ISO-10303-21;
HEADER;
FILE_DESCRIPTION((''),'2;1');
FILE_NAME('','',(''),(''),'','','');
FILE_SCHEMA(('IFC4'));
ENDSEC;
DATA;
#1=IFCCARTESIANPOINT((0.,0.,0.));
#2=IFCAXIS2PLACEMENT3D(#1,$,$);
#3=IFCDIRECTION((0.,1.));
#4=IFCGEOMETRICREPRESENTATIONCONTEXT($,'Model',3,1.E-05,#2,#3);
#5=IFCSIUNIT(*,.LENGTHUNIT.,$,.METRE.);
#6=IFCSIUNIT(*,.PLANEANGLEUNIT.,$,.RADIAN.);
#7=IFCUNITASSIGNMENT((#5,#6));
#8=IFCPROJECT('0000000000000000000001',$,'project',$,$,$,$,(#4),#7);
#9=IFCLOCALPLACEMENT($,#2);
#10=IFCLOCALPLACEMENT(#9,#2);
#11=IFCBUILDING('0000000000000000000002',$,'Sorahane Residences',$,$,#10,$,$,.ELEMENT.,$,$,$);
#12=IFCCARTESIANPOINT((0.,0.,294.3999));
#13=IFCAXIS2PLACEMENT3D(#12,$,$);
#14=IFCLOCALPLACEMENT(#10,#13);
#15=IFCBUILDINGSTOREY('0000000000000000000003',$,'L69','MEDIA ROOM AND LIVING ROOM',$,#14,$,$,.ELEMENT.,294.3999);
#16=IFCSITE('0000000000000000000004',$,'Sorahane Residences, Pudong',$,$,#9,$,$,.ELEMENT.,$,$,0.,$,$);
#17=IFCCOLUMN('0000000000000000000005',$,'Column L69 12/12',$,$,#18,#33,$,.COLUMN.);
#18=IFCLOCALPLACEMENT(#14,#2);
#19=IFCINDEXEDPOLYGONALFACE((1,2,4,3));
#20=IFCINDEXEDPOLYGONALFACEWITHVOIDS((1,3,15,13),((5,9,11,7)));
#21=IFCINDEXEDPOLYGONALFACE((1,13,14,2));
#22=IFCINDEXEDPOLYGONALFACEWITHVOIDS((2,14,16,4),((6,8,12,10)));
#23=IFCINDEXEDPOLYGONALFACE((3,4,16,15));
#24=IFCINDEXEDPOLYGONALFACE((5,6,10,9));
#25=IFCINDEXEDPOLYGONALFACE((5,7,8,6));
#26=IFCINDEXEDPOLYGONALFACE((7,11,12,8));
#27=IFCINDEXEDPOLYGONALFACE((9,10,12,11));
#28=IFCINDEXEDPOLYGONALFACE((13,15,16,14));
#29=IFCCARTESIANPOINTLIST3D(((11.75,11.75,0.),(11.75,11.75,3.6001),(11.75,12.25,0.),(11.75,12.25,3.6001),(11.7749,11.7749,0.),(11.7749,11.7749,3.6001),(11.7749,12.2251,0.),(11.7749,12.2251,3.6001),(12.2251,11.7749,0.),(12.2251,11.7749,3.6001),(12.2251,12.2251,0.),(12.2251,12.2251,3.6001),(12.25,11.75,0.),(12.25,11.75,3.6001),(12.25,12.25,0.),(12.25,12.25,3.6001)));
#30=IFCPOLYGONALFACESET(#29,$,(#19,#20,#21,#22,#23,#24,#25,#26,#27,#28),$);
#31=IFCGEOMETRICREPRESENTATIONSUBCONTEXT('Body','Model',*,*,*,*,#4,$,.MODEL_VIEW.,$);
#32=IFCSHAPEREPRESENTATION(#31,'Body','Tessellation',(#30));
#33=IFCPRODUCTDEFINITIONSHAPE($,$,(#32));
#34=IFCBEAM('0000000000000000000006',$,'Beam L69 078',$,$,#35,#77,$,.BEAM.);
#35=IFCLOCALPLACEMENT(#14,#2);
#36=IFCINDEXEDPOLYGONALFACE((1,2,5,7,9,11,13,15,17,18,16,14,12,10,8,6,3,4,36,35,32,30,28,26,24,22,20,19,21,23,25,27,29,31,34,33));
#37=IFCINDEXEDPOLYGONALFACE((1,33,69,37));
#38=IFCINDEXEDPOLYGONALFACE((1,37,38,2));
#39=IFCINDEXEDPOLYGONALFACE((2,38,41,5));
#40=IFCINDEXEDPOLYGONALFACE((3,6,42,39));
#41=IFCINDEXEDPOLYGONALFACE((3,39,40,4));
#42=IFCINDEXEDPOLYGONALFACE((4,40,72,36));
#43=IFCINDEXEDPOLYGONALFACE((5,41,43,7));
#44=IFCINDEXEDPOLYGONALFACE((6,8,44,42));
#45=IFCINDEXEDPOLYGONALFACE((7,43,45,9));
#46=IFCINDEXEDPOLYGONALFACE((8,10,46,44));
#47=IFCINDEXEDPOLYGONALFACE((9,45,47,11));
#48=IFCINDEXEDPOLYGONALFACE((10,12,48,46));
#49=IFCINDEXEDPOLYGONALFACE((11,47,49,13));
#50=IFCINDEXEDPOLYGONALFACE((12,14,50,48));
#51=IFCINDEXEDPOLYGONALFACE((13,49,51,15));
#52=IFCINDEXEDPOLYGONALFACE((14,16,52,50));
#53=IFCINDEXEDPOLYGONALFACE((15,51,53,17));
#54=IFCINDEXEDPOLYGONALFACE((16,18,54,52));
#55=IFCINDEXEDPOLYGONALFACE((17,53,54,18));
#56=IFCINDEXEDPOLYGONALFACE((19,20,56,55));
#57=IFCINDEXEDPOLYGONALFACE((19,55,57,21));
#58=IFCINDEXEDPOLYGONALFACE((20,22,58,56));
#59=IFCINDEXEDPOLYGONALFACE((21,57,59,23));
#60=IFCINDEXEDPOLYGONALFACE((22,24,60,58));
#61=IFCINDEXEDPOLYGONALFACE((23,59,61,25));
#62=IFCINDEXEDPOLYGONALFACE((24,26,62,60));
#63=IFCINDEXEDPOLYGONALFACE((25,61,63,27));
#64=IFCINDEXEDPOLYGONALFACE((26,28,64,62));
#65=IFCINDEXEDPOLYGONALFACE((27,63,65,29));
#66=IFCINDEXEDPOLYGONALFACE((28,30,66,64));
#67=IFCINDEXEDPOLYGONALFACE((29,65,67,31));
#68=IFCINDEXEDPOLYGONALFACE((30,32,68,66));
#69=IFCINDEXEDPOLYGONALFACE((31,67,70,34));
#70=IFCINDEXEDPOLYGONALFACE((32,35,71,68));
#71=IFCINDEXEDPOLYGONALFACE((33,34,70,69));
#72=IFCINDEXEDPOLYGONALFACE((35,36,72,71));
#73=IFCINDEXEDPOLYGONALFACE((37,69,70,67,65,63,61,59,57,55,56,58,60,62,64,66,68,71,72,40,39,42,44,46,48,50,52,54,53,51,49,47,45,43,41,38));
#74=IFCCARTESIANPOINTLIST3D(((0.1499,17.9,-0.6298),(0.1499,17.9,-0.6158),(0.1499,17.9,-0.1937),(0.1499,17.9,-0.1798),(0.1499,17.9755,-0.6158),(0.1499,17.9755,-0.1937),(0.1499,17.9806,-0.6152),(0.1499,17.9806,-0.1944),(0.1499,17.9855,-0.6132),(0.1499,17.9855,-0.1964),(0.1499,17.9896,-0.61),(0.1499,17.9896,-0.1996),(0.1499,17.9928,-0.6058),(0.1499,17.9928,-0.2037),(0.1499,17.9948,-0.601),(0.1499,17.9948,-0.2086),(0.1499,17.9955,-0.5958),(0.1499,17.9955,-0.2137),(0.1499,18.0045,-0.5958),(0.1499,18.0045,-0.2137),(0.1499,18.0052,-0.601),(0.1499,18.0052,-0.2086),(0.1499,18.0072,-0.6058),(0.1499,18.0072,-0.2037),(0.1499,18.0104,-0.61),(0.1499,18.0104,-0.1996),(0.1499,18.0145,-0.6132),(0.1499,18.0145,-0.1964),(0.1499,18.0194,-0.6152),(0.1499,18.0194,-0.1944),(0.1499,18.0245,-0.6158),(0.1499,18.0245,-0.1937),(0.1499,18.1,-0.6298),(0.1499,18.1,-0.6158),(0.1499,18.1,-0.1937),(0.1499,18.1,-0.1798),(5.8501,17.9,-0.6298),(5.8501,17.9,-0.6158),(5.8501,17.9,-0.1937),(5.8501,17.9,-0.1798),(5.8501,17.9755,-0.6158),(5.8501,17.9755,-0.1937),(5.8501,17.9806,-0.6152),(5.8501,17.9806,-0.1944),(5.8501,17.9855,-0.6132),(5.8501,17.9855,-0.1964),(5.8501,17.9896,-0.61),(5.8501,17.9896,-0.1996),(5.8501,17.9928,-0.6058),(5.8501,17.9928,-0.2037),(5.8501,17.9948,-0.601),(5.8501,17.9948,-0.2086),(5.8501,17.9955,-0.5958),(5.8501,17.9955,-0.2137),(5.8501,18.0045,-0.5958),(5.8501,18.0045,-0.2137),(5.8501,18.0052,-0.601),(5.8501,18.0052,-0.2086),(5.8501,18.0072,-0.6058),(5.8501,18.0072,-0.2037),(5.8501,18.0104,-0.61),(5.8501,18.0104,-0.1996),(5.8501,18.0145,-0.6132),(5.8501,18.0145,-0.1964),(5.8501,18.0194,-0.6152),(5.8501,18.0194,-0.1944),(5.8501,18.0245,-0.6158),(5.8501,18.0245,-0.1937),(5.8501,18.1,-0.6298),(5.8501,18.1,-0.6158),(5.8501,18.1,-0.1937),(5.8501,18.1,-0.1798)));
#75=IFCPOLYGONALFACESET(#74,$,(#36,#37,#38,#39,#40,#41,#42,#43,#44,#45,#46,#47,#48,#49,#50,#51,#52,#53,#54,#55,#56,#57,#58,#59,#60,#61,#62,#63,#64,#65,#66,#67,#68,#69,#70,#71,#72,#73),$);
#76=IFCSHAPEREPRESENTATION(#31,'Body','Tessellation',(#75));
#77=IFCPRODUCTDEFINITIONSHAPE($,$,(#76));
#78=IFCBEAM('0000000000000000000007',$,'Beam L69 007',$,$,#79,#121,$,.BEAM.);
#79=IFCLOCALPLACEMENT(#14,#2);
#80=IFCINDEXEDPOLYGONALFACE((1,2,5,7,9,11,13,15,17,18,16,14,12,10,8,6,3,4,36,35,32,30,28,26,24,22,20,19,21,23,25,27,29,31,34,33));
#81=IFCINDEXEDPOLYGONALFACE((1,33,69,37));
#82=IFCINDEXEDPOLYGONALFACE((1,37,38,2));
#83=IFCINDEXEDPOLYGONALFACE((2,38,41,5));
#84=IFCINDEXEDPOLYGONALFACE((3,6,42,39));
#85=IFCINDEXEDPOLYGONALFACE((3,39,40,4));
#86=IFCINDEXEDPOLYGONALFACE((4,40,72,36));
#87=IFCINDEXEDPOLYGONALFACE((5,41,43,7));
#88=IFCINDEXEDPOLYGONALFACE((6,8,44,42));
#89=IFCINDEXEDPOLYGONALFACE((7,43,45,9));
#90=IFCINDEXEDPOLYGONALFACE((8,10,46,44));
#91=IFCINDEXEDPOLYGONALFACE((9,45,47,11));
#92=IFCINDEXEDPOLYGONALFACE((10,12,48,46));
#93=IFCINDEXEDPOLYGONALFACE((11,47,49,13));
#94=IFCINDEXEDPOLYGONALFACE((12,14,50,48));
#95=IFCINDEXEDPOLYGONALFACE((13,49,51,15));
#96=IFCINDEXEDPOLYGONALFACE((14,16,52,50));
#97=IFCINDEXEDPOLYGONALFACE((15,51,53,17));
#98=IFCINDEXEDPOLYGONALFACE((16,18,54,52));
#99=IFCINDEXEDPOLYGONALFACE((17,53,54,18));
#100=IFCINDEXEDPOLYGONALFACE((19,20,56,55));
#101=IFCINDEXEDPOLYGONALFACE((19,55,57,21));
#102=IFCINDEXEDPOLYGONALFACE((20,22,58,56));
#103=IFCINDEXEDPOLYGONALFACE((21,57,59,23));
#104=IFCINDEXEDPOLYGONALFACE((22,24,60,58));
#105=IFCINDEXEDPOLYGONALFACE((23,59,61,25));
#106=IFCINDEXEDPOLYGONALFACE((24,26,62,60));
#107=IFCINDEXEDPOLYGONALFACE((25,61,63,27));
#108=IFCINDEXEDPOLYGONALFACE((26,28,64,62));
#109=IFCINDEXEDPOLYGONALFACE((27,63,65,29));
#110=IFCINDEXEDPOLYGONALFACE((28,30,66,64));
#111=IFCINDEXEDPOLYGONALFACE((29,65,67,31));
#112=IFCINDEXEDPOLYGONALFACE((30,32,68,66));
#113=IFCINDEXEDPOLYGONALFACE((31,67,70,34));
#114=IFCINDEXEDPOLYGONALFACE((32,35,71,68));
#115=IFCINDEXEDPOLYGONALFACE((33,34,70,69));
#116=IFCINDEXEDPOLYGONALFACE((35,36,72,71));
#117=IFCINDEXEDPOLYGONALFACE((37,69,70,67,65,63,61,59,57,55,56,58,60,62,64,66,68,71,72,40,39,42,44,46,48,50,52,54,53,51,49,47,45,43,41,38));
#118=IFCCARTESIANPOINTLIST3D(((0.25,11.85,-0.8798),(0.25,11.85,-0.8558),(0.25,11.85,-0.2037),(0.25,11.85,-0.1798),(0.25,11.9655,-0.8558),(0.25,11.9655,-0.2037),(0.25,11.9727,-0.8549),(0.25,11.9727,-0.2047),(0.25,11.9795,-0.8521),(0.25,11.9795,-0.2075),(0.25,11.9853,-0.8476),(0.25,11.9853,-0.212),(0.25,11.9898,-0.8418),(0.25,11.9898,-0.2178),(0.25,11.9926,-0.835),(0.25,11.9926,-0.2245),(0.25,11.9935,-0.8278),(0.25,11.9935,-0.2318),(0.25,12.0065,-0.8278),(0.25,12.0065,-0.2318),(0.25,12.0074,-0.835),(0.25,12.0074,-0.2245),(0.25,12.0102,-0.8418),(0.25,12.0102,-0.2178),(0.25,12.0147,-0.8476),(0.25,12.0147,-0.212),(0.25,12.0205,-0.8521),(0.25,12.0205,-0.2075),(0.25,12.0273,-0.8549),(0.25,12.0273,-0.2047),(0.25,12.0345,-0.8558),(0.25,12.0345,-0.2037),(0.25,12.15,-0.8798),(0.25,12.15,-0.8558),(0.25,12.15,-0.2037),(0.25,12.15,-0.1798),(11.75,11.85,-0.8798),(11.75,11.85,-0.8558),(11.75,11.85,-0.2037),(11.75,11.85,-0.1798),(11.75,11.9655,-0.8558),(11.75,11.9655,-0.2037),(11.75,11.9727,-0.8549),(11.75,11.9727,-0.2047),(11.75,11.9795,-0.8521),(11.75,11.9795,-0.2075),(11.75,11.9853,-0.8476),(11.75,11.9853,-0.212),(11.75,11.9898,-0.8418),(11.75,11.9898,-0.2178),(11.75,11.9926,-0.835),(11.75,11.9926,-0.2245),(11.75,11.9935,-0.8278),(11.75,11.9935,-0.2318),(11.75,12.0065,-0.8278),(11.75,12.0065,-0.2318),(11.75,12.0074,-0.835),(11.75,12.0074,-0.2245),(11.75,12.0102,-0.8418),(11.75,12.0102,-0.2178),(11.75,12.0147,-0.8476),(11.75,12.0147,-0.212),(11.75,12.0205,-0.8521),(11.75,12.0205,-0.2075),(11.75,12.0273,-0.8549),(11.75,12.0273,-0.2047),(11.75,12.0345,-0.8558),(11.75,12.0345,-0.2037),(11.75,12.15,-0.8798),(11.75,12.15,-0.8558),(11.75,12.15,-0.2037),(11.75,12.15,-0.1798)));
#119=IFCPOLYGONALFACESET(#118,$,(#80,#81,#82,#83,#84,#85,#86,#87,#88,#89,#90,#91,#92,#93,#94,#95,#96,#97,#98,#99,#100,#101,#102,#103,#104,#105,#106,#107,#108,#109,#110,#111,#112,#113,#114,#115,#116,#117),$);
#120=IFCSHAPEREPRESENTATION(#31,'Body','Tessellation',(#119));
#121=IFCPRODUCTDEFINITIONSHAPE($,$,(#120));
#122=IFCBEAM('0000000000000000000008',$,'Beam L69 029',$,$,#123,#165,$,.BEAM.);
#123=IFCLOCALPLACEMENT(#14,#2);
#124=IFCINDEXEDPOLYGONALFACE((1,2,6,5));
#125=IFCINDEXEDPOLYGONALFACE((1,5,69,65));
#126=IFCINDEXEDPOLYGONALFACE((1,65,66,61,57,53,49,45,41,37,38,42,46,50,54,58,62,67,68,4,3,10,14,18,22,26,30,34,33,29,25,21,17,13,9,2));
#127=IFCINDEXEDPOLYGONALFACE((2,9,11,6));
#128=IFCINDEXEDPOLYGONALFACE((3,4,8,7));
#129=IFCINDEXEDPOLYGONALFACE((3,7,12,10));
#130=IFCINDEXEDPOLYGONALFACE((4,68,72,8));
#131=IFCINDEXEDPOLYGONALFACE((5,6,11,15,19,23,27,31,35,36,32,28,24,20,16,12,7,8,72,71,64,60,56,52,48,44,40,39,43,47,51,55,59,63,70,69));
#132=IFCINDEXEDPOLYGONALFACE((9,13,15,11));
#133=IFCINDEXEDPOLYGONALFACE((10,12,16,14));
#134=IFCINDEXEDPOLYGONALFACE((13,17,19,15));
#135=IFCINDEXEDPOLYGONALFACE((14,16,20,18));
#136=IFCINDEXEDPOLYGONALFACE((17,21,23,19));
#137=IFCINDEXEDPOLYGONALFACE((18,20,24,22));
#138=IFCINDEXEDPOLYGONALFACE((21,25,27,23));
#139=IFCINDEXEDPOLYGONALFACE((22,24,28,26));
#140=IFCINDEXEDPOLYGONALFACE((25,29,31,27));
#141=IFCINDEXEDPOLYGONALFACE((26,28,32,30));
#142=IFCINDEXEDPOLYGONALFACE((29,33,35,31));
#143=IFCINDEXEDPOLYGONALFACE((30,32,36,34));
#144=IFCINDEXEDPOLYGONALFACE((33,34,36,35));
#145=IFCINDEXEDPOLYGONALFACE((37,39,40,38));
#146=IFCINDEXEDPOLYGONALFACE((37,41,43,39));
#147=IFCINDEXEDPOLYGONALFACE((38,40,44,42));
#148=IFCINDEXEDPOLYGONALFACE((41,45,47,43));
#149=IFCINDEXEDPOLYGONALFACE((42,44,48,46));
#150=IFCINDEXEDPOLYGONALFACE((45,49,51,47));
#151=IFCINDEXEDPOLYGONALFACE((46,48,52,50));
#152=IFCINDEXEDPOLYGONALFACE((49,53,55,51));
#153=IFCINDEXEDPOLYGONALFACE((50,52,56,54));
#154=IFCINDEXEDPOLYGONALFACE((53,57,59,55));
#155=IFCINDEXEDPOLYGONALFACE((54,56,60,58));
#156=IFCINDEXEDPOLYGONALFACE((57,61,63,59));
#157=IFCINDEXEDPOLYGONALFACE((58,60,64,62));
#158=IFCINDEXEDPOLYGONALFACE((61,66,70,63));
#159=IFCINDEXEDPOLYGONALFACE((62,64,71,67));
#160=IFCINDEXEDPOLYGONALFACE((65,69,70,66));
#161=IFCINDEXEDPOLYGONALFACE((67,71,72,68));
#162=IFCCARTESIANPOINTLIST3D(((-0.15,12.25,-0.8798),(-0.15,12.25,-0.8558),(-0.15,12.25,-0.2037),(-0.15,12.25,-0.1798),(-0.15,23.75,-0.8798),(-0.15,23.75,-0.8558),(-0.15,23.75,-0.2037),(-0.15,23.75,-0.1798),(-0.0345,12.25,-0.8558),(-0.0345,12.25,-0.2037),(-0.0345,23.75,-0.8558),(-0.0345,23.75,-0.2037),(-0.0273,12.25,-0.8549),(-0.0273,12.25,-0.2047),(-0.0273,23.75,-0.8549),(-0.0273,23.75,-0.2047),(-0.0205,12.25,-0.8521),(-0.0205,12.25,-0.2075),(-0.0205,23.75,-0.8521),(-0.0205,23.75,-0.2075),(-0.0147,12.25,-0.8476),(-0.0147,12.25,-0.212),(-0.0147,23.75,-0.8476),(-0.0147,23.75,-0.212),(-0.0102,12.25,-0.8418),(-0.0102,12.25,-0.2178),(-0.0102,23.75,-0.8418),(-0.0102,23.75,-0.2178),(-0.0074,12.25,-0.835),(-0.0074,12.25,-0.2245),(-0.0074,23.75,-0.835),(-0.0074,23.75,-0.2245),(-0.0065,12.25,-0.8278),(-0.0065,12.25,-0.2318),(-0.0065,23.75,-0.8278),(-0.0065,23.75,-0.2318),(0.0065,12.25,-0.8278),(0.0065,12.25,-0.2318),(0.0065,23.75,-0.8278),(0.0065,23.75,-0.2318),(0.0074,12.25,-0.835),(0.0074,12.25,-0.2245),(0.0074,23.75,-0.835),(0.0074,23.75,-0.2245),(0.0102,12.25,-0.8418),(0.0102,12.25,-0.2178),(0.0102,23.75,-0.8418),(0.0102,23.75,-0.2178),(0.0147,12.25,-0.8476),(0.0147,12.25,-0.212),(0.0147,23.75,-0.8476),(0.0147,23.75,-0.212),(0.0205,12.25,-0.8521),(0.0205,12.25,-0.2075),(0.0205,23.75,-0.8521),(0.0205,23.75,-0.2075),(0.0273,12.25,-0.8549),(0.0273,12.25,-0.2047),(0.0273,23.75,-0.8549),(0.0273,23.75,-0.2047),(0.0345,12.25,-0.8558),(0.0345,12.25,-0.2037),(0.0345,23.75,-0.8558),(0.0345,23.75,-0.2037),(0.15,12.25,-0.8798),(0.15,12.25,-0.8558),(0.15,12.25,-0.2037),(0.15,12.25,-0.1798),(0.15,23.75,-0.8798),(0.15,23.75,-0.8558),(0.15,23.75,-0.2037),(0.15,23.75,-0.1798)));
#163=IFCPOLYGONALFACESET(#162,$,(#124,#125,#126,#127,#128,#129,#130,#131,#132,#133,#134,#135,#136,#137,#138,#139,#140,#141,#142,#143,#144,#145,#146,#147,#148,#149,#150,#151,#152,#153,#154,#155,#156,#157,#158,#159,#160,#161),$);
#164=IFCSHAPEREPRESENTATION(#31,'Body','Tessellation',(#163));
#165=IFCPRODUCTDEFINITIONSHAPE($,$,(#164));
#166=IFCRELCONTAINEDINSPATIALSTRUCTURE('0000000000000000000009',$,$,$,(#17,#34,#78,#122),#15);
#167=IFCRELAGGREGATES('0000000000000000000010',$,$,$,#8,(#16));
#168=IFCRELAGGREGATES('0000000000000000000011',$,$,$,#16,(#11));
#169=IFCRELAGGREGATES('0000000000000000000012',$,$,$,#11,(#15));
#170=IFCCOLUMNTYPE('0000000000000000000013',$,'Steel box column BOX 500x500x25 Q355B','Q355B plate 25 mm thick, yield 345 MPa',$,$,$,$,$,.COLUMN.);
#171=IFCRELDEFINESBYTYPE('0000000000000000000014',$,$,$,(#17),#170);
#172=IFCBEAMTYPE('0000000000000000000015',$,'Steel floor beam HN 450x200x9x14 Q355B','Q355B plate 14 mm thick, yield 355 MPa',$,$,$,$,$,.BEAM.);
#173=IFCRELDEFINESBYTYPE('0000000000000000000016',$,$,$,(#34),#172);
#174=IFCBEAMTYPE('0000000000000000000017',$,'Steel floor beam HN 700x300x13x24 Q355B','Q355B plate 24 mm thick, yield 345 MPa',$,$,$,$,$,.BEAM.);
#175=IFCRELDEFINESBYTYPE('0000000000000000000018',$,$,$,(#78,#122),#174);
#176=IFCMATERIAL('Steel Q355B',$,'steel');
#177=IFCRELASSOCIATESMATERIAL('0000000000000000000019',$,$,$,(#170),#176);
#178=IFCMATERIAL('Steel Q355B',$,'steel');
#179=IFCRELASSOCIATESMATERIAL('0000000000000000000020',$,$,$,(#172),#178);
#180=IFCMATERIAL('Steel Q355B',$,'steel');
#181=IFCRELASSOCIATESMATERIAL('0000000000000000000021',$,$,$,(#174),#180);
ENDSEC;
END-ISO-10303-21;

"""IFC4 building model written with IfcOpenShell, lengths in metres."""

from ifc_helpers import new_model, si_unit, direction, frame, origin, origin_2d, place, context, subcontext, project, spatial, hollow_rectangle, i_section, extrude, material, material_profile, profile_set, type_object, element, save


model = new_model("IFC4")

# Units and contexts
model_context = context("Model", 3, precision=1e-05, world=origin(), true_north=direction((0.0, 1.0)))
body_context = subcontext(model_context, "Body", "Model", "MODEL_VIEW")
ifc_project = project(units=[si_unit("LENGTHUNIT", "METRE"), si_unit("PLANEANGLEUNIT", "RADIAN")], contexts=[model_context])

# Site, building, storey
site_placement = place(None, origin())
site = spatial("IfcSite", under=ifc_project, at=site_placement, Name="Sorahane Residences, Pudong", CompositionType="ELEMENT", RefElevation=0.0)
building_placement = place(site_placement, origin())
building = spatial("IfcBuilding", under=site, at=building_placement, Name="Sorahane Residences", CompositionType="ELEMENT")
storey_placement = place(building_placement, frame((0.0, 0.0, 294.3999)))
storey = spatial("IfcBuildingStorey", under=building, at=storey_placement, Name="L69", Description="MEDIA ROOM AND LIVING ROOM", CompositionType="ELEMENT", Elevation=294.3999)

# Column
ifc_material_1 = material(Name="Steel Q355B", Category="steel")
ifc_material_profile_1 = material_profile(ifc_material_1, hollow_rectangle(XDim=0.5, YDim=0.5, WallThickness=0.0249, at=origin_2d()), Name="BOX 500x500x25")
ifc_profile_set_1 = profile_set([ifc_material_profile_1], Name="Steel Q355B")
column_type = type_object("IfcColumnType", Name="Steel box column BOX 500x500x25 Q355B", Description="Q355B plate 25 mm thick, yield 345 MPa", PredefinedType="COLUMN", material=ifc_profile_set_1)
column_placement = place(storey_placement, frame((12.0, 12.0, 0.0), z_axis=(0.0, 0.0, 1.0), x_axis=(1.0, 0.0, 0.0)))
element("IfcColumn", 1, at=column_placement, inside=storey, type_object=column_type, Name="Column L69 12/12", PredefinedType="COLUMN", context=body_context, shape_type="SweptSolid", body=[
    extrude(hollow_rectangle(XDim=0.5, YDim=0.5, WallThickness=0.0249, at=origin_2d()), origin(), (0.0, 0.0, 1.0), 3.6001),
])

# Beams
ifc_material_2 = material(Name="Steel Q355B", Category="steel")
ifc_material_profile_2 = material_profile(ifc_material_2, i_section(OverallWidth=0.2, OverallDepth=0.45, WebThickness=0.009, FlangeThickness=0.0139, FilletRadius=0.02, at=origin_2d()), Name="HN 450x200x9x14")
ifc_profile_set_2 = profile_set([ifc_material_profile_2], Name="Steel Q355B")
beam_type_1 = type_object("IfcBeamType", Name="Steel floor beam HN 450x200x9x14 Q355B", Description="Q355B plate 14 mm thick, yield 355 MPa", PredefinedType="BEAM", material=ifc_profile_set_2)
beam_1_placement = place(storey_placement, frame((0.1499, 18.0, -0.4048), z_axis=(1.0, 0.0, 0.0), x_axis=(0.0, 1.0, 0.0)))
element("IfcBeam", 2, at=beam_1_placement, inside=storey, type_object=beam_type_1, Name="Beam L69 078", PredefinedType="BEAM", context=body_context, shape_type="SweptSolid", body=[
    extrude(i_section(OverallWidth=0.2, OverallDepth=0.45, WebThickness=0.009, FlangeThickness=0.0139, FilletRadius=0.02, at=origin_2d()), origin(), (0.0, 0.0, 1.0), 5.7002),
])
ifc_material_3 = material(Name="Steel Q355B", Category="steel")
ifc_material_profile_3 = material_profile(ifc_material_3, i_section(OverallWidth=0.3, OverallDepth=0.7, WebThickness=0.0129, FlangeThickness=0.0239, FilletRadius=0.0281, at=origin_2d()), Name="HN 700x300x13x24")
ifc_profile_set_3 = profile_set([ifc_material_profile_3], Name="Steel Q355B")
beam_type_2 = type_object("IfcBeamType", Name="Steel floor beam HN 700x300x13x24 Q355B", Description="Q355B plate 24 mm thick, yield 345 MPa", PredefinedType="BEAM", material=ifc_profile_set_3)
for number, where, z_axis, x_axis, name in (
    (3, (0.25, 12.0, -0.5298), (1.0, 0.0, 0.0), (0.0, 1.0, 0.0), "Beam L69 007"),
    (4, (0.0, 12.25, -0.5298), (0.0, 1.0, 0.0), (-1.0, 0.0, 0.0), "Beam L69 029"),
):
    element("IfcBeam", number, at=place(storey_placement, frame(where, z_axis=z_axis, x_axis=x_axis)), inside=storey, type_object=beam_type_2, Name=name, PredefinedType="BEAM", context=body_context, shape_type="SweptSolid", body=[
        extrude(i_section(OverallWidth=0.3, OverallDepth=0.7, WebThickness=0.0129, FlangeThickness=0.0239, FilletRadius=0.0281, at=origin_2d()), origin(), (0.0, 0.0, 1.0), 11.5),
    ])

save(model, "model.ifc")
